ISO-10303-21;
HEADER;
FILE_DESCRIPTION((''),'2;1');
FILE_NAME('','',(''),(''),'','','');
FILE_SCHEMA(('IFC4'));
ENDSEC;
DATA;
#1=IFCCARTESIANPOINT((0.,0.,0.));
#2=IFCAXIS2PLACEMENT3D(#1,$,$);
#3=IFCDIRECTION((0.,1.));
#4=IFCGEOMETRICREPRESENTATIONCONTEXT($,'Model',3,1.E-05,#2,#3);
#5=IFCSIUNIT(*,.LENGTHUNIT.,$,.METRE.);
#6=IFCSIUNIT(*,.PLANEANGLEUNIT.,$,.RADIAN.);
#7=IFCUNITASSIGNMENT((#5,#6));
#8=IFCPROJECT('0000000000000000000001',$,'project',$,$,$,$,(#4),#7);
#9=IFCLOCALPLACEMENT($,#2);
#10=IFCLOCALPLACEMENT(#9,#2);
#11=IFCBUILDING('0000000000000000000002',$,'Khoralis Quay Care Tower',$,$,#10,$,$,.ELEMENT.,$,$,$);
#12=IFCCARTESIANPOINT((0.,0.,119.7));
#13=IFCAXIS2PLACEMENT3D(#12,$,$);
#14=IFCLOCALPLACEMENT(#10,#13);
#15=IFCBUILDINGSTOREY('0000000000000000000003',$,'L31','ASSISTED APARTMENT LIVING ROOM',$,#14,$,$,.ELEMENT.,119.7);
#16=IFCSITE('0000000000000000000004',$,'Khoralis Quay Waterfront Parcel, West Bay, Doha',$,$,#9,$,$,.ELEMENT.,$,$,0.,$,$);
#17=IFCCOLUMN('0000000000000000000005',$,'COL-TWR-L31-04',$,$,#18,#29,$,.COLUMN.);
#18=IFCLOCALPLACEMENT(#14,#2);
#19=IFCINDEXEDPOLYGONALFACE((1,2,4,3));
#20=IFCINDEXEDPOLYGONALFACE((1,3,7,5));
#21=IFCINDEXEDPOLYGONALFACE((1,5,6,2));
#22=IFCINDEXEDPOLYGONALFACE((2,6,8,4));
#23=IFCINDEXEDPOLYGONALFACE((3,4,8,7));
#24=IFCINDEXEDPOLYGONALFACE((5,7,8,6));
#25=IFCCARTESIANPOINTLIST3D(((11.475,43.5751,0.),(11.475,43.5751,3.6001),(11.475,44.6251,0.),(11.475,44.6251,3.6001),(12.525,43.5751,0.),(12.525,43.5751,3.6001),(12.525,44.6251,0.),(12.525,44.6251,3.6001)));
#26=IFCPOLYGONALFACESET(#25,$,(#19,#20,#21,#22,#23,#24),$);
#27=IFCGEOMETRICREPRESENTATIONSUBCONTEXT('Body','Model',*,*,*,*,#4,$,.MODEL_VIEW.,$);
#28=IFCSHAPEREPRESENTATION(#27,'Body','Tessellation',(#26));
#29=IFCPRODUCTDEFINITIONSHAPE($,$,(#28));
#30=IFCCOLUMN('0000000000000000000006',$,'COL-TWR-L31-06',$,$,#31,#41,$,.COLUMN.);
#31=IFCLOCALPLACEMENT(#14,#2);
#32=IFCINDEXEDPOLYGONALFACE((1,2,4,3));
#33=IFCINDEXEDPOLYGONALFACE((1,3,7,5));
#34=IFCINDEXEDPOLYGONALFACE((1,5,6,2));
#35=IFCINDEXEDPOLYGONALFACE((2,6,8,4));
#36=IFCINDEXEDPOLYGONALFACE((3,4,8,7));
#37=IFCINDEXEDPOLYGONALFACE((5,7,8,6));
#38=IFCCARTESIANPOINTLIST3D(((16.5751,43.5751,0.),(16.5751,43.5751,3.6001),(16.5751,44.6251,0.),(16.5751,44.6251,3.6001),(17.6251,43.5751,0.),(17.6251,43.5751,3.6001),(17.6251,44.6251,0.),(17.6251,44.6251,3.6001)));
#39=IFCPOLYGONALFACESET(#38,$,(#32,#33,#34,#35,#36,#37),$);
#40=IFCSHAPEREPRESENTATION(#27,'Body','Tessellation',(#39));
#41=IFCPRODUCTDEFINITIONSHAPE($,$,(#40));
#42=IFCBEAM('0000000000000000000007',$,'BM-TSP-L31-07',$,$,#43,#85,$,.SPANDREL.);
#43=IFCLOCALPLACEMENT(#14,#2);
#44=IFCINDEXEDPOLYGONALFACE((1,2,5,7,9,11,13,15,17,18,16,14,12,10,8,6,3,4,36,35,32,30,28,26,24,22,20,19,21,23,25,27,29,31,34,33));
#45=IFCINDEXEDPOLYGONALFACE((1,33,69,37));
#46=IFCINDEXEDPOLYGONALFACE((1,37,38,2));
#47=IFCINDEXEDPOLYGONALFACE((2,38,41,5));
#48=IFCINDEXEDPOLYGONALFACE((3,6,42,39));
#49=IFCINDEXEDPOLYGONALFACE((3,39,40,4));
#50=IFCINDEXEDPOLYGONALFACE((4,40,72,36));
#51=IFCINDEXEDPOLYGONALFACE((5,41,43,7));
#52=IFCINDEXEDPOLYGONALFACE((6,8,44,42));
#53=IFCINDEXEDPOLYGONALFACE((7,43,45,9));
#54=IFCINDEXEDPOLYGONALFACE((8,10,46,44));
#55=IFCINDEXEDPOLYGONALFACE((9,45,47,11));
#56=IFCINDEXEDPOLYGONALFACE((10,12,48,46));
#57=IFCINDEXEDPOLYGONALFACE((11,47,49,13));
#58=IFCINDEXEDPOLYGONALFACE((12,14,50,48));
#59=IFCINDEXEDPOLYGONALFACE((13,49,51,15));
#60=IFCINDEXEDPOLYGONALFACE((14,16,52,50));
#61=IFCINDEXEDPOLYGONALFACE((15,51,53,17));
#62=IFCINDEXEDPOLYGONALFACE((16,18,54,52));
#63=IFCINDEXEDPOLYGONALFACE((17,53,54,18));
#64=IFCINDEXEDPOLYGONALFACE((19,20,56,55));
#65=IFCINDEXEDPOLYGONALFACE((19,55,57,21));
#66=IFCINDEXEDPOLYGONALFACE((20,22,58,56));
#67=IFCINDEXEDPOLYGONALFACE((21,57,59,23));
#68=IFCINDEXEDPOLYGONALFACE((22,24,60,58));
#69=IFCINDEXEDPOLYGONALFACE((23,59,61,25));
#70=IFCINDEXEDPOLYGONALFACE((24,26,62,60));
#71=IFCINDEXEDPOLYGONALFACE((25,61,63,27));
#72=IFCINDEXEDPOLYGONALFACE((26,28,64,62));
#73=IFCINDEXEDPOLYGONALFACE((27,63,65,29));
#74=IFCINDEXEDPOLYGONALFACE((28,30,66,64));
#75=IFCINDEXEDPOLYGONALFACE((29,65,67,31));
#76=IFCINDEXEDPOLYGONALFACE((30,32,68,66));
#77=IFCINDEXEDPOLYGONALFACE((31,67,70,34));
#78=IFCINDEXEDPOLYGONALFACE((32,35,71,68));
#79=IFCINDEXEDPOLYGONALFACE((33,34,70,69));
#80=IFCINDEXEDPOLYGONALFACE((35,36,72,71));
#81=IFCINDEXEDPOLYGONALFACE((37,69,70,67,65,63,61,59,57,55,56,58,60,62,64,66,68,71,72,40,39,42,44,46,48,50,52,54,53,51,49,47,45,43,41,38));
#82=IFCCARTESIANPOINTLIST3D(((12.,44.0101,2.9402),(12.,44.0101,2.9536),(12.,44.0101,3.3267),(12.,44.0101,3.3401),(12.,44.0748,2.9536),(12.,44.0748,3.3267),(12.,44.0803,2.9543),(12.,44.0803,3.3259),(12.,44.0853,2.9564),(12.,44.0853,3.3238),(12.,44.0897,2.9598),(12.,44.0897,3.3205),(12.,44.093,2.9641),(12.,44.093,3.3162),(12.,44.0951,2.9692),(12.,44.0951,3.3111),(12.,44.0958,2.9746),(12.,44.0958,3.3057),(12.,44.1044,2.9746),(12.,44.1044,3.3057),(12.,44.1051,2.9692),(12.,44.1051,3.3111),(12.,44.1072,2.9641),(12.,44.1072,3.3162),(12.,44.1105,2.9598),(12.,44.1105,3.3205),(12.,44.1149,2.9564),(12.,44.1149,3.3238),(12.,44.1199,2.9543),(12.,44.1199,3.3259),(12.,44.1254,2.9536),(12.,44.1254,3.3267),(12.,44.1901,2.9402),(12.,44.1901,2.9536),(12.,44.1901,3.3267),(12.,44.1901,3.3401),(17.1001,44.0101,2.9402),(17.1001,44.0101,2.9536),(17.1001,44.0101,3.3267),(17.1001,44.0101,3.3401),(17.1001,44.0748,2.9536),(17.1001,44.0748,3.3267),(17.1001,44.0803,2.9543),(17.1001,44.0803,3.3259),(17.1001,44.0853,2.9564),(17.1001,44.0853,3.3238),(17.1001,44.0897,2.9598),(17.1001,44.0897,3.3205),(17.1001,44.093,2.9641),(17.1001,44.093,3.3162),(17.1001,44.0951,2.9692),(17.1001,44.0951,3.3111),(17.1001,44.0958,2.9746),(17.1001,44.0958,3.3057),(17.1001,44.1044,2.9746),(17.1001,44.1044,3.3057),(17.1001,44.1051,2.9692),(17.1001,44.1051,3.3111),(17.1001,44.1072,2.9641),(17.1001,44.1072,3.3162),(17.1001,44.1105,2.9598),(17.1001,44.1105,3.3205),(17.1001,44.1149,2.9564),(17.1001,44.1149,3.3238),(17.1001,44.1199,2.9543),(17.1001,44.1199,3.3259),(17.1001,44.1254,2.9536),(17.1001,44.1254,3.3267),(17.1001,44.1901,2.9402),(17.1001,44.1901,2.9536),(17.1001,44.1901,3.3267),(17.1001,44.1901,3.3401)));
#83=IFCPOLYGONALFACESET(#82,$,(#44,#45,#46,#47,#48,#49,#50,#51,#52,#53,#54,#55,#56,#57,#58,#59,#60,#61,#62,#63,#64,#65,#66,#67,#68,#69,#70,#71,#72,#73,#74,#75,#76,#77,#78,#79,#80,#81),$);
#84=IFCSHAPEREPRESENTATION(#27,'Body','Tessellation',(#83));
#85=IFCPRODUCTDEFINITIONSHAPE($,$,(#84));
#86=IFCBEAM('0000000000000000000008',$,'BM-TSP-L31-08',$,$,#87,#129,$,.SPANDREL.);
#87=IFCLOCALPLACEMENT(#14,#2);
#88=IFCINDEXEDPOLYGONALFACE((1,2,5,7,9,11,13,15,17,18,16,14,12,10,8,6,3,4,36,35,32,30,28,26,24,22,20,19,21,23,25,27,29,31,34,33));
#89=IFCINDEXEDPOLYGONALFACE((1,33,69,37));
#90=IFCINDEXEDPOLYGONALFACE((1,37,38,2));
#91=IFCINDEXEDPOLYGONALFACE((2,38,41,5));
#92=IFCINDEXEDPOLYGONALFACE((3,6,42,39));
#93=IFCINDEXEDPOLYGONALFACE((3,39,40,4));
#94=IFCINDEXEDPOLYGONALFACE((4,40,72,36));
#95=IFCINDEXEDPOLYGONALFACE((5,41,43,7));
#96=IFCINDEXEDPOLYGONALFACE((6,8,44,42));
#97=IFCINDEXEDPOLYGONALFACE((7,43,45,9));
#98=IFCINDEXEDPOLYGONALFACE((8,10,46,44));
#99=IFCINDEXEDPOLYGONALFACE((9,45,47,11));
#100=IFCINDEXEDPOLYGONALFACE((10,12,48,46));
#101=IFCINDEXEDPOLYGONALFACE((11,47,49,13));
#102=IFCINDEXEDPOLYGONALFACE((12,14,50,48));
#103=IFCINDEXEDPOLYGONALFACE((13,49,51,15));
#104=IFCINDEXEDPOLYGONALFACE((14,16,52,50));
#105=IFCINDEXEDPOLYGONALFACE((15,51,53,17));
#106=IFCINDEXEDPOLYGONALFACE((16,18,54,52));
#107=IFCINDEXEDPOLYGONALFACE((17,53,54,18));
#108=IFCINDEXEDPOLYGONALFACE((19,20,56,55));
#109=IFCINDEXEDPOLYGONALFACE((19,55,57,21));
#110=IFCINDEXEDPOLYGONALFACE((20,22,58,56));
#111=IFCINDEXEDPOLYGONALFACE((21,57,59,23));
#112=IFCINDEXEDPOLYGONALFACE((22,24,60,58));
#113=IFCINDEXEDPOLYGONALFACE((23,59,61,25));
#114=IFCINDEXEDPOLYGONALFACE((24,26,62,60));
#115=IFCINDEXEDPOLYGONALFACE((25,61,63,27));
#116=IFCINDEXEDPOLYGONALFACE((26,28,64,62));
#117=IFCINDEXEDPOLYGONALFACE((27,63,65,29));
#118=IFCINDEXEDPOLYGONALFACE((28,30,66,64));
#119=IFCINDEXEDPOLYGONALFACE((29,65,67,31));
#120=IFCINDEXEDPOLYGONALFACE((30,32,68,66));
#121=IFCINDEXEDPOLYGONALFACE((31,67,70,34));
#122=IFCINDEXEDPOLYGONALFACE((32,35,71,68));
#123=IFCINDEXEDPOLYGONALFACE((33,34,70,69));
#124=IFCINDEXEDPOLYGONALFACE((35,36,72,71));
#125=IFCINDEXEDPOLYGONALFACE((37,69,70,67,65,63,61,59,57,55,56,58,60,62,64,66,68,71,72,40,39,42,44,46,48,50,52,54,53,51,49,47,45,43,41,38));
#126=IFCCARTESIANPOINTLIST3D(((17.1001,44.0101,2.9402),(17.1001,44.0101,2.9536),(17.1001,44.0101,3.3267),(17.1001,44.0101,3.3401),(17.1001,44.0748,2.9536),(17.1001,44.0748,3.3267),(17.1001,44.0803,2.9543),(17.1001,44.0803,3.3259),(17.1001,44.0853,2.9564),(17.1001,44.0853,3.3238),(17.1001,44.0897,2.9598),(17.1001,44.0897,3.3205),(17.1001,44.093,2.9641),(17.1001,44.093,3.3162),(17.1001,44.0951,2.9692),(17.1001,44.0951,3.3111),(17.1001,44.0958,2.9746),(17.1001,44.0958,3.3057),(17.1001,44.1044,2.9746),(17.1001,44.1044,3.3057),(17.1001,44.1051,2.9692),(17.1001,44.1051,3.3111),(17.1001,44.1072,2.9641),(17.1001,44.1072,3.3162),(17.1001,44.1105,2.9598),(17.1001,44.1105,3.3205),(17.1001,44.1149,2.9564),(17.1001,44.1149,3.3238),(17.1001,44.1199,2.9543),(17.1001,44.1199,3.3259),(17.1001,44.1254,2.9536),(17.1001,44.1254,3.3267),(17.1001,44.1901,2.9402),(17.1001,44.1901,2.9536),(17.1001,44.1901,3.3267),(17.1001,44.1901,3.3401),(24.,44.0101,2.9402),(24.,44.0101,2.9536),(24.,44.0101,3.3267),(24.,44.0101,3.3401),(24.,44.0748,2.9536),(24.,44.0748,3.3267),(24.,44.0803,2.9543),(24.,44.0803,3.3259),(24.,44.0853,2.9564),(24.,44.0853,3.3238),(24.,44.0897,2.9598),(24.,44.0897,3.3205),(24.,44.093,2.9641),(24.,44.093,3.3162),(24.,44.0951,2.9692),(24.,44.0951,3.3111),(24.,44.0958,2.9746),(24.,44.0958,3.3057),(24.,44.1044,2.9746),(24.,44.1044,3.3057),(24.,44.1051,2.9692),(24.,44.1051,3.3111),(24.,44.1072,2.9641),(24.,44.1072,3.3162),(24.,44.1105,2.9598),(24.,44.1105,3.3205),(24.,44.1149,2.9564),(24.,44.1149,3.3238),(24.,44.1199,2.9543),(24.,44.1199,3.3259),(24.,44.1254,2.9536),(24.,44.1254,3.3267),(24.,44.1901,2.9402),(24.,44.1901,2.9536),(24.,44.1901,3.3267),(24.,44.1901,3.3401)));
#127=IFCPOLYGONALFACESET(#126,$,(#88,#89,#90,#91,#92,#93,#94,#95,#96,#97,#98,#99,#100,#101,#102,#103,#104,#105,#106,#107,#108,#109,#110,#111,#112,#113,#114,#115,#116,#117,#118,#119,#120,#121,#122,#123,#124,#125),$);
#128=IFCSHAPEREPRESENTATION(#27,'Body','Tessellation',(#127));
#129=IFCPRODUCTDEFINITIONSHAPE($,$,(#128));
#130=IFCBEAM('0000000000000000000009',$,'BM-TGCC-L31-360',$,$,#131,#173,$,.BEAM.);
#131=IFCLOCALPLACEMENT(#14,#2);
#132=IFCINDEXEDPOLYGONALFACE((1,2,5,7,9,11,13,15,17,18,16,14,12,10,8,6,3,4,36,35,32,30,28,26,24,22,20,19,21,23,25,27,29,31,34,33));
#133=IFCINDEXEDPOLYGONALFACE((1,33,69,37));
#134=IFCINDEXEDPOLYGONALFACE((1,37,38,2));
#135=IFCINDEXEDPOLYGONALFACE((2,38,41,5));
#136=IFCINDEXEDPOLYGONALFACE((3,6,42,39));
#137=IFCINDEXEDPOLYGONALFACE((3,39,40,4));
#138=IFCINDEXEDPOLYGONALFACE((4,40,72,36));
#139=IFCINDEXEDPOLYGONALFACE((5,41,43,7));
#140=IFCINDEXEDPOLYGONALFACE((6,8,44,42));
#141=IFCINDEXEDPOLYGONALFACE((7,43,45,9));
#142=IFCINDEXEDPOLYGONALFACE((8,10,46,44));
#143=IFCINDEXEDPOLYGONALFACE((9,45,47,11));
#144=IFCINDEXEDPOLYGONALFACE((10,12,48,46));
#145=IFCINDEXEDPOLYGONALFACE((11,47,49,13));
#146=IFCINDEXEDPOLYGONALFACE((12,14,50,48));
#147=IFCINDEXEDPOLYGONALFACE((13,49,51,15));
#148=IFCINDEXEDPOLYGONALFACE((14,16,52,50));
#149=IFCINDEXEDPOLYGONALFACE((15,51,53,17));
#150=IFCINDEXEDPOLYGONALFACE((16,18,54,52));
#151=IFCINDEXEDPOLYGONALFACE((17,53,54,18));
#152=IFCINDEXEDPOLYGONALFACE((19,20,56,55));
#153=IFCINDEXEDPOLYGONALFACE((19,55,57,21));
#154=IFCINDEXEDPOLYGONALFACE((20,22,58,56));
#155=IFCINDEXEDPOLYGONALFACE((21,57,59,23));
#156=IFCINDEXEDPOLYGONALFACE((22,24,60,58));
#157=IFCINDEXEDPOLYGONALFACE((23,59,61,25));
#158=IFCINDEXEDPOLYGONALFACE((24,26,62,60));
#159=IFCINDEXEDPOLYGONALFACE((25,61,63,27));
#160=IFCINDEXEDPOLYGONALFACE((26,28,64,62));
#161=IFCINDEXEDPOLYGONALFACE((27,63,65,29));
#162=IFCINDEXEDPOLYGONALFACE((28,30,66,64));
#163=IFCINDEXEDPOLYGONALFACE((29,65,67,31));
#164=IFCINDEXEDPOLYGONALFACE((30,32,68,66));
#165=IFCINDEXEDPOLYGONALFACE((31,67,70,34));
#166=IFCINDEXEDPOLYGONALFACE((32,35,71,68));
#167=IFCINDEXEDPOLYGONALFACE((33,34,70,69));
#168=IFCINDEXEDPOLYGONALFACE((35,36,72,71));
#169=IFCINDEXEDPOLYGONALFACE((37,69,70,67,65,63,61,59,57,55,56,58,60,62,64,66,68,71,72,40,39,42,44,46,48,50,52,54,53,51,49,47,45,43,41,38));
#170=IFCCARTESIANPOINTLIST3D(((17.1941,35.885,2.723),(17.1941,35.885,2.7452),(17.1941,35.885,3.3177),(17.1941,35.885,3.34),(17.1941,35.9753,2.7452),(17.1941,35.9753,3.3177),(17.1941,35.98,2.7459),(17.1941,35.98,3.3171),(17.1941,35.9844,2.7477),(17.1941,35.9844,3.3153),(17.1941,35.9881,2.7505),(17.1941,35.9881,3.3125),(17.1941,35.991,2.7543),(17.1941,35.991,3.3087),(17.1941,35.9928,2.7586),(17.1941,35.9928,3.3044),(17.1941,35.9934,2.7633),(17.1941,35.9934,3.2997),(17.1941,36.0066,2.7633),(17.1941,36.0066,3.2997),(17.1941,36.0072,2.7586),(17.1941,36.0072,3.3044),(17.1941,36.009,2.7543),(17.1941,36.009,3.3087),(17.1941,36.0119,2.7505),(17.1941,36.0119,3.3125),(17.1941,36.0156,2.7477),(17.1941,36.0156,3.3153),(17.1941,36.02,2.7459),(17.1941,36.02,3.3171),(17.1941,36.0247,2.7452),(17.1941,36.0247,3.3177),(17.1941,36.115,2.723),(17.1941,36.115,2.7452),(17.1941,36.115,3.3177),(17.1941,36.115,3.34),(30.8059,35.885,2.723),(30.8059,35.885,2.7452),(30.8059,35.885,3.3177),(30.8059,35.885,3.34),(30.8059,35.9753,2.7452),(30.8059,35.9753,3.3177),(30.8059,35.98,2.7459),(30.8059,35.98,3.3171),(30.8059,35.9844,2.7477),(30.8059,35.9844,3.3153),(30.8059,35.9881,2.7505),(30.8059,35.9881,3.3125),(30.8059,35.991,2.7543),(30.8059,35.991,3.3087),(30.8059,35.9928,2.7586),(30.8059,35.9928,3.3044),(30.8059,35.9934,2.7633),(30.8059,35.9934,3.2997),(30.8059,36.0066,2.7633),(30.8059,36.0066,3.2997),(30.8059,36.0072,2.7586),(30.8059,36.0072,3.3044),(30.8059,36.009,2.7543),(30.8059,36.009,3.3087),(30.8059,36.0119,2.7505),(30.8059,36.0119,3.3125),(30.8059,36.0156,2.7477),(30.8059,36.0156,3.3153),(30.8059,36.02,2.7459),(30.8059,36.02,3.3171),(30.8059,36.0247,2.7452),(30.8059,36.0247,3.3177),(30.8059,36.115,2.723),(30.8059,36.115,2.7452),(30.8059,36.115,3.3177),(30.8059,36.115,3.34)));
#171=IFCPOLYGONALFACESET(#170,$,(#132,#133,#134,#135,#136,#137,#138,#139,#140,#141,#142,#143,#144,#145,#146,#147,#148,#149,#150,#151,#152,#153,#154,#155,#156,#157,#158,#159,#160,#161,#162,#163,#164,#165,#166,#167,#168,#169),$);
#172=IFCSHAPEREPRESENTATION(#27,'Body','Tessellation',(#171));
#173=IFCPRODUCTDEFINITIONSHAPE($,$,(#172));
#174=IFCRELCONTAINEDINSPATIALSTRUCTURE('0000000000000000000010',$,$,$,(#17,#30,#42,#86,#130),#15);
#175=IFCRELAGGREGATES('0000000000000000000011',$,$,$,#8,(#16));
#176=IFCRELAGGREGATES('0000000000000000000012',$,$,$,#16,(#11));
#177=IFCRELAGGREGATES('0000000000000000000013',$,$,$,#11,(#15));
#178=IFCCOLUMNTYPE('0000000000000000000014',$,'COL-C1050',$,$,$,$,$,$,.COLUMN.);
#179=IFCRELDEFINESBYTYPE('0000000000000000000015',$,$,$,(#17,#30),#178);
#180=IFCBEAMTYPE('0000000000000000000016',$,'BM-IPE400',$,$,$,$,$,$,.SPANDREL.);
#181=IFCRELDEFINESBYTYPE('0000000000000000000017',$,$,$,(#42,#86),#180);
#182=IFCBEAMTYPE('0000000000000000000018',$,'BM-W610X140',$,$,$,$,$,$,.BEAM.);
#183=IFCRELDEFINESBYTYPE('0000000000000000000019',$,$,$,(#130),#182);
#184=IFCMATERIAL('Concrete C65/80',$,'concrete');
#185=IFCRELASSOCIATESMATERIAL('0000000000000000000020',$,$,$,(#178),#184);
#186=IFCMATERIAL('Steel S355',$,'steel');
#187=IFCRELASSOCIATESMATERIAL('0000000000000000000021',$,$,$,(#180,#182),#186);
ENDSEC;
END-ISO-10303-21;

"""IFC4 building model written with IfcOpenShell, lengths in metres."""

from ifc_helpers import new_model, si_unit, direction, frame, origin, origin_2d, place, context, subcontext, project, spatial, rectangle, i_section, extrude, source, transform, mapped, material, material_profile, profile_set, type_object, element, save


model = new_model("IFC4")

# Units and contexts
model_context = context("Model", 3, precision=1e-05, world=origin(), true_north=direction((0.0, 1.0)))
body_context = subcontext(model_context, "Body", "Model", "MODEL_VIEW")
ifc_project = project(units=[si_unit("LENGTHUNIT", "METRE"), si_unit("PLANEANGLEUNIT", "RADIAN")], contexts=[model_context])

# Site, building, storey
site_placement = place(None, origin())
site = spatial("IfcSite", under=ifc_project, at=site_placement, Name="Khoralis Quay Waterfront Parcel, West Bay, Doha", CompositionType="ELEMENT", RefElevation=0.0)
building_placement = place(site_placement, origin())
building = spatial("IfcBuilding", under=site, at=building_placement, Name="Khoralis Quay Care Tower", CompositionType="ELEMENT")
storey_placement = place(building_placement, frame((0.0, 0.0, 119.7)))
storey = spatial("IfcBuildingStorey", under=building, at=storey_placement, Name="L31", Description="ASSISTED APARTMENT LIVING ROOM", CompositionType="ELEMENT", Elevation=119.7)

# Columns
ifc_material_1 = material(Name="Concrete C65/80", Category="concrete")
ifc_material_profile_1 = material_profile(ifc_material_1, rectangle(XDim=1.05, YDim=1.05, at=origin_2d()), Name="Concrete C65/80")
ifc_profile_set_1 = profile_set([ifc_material_profile_1], Name="Concrete C65/80")
column_type = type_object("IfcColumnType", Name="COL-C1050", PredefinedType="COLUMN", material=ifc_profile_set_1)
shared_shape_1 = source(origin(), body_context, "Body", "SweptSolid", [
    extrude(rectangle(XDim=1.05, YDim=1.05, at=origin_2d()), origin(), (0.0, 0.0, 1.0), 3.6001),
])
for number, where, z_axis, x_axis, name in (
    (1, (12.0, 44.1001, 0.0), (0.0, 0.0, 1.0), (1.0, 0.0, 0.0), "COL-TWR-L31-04"),
    (2, (17.1001, 44.1001, 0.0), (0.0, 0.0, 1.0), (1.0, 0.0, 0.0), "COL-TWR-L31-06"),
):
    element("IfcColumn", number, at=place(storey_placement, frame(where, z_axis=z_axis, x_axis=x_axis)), inside=storey, type_object=column_type, Name=name, PredefinedType="COLUMN", context=body_context, shape_type="MappedRepresentation", body=[
        mapped(shared_shape_1, transform((0.0, 0.0, 0.0), scale=1.0)),
    ])

# Beams
ifc_material_2 = material(Name="Steel S355", Category="steel")
ifc_material_profile_2 = material_profile(ifc_material_2, i_section(OverallWidth=0.1799, OverallDepth=0.3999, WebThickness=0.0085, FlangeThickness=0.0134, FilletRadius=0.021, at=origin_2d()), Name="Steel S355")
ifc_profile_set_2 = profile_set([ifc_material_profile_2], Name="Steel S355")
beam_type_1 = type_object("IfcBeamType", Name="BM-IPE400", PredefinedType="SPANDREL", material=ifc_profile_set_2)
shared_shape_2 = source(origin(), body_context, "Body", "SweptSolid", [
    extrude(i_section(OverallWidth=0.1799, OverallDepth=0.3999, WebThickness=0.0085, FlangeThickness=0.0134, FilletRadius=0.021, at=origin_2d()), origin(), (0.0, 0.0, 1.0), 5.1001),
])
beam_1_placement = place(storey_placement, frame((12.0, 44.1001, 3.1401), z_axis=(1.0, 0.0, 0.0), x_axis=(0.0, 1.0, 0.0)))
element("IfcBeam", 3, at=beam_1_placement, inside=storey, type_object=beam_type_1, Name="BM-TSP-L31-07", PredefinedType="SPANDREL", context=body_context, shape_type="MappedRepresentation", body=[
    mapped(shared_shape_2, transform((0.0, 0.0, 0.0), scale=1.0)),
])
shared_shape_3 = source(origin(), body_context, "Body", "SweptSolid", [
    extrude(i_section(OverallWidth=0.1799, OverallDepth=0.3999, WebThickness=0.0085, FlangeThickness=0.0134, FilletRadius=0.021, at=origin_2d()), origin(), (0.0, 0.0, 1.0), 6.8999),
])
beam_2_placement = place(storey_placement, frame((17.1001, 44.1001, 3.1401), z_axis=(1.0, 0.0, 0.0), x_axis=(0.0, 1.0, 0.0)))
element("IfcBeam", 4, at=beam_2_placement, inside=storey, type_object=beam_type_1, Name="BM-TSP-L31-08", PredefinedType="SPANDREL", context=body_context, shape_type="MappedRepresentation", body=[
    mapped(shared_shape_3, transform((0.0, 0.0, 0.0), scale=1.0)),
])
ifc_material_profile_3 = material_profile(ifc_material_2, i_section(OverallWidth=0.23, OverallDepth=0.6169, WebThickness=0.0132, FlangeThickness=0.0222, FilletRadius=0.0181, at=origin_2d()), Name="Steel S355")
ifc_profile_set_3 = profile_set([ifc_material_profile_3], Name="Steel S355")
beam_type_2 = type_object("IfcBeamType", Name="BM-W610X140", PredefinedType="BEAM", material=ifc_profile_set_3)
shared_shape_4 = source(origin(), body_context, "Body", "SweptSolid", [
    extrude(i_section(OverallWidth=0.23, OverallDepth=0.6169, WebThickness=0.0132, FlangeThickness=0.0222, FilletRadius=0.0181, at=origin_2d()), origin(), (0.0, 0.0, 1.0), 13.6118),
])
beam_3_placement = place(storey_placement, frame((17.1941, 36.0, 3.0315), z_axis=(1.0, 0.0, 0.0), x_axis=(0.0, 1.0, 0.0)))
element("IfcBeam", 5, at=beam_3_placement, inside=storey, type_object=beam_type_2, Name="BM-TGCC-L31-360", PredefinedType="BEAM", context=body_context, shape_type="MappedRepresentation", body=[
    mapped(shared_shape_4, transform((0.0, 0.0, 0.0), scale=1.0)),
])

save(model, "model.ifc")
